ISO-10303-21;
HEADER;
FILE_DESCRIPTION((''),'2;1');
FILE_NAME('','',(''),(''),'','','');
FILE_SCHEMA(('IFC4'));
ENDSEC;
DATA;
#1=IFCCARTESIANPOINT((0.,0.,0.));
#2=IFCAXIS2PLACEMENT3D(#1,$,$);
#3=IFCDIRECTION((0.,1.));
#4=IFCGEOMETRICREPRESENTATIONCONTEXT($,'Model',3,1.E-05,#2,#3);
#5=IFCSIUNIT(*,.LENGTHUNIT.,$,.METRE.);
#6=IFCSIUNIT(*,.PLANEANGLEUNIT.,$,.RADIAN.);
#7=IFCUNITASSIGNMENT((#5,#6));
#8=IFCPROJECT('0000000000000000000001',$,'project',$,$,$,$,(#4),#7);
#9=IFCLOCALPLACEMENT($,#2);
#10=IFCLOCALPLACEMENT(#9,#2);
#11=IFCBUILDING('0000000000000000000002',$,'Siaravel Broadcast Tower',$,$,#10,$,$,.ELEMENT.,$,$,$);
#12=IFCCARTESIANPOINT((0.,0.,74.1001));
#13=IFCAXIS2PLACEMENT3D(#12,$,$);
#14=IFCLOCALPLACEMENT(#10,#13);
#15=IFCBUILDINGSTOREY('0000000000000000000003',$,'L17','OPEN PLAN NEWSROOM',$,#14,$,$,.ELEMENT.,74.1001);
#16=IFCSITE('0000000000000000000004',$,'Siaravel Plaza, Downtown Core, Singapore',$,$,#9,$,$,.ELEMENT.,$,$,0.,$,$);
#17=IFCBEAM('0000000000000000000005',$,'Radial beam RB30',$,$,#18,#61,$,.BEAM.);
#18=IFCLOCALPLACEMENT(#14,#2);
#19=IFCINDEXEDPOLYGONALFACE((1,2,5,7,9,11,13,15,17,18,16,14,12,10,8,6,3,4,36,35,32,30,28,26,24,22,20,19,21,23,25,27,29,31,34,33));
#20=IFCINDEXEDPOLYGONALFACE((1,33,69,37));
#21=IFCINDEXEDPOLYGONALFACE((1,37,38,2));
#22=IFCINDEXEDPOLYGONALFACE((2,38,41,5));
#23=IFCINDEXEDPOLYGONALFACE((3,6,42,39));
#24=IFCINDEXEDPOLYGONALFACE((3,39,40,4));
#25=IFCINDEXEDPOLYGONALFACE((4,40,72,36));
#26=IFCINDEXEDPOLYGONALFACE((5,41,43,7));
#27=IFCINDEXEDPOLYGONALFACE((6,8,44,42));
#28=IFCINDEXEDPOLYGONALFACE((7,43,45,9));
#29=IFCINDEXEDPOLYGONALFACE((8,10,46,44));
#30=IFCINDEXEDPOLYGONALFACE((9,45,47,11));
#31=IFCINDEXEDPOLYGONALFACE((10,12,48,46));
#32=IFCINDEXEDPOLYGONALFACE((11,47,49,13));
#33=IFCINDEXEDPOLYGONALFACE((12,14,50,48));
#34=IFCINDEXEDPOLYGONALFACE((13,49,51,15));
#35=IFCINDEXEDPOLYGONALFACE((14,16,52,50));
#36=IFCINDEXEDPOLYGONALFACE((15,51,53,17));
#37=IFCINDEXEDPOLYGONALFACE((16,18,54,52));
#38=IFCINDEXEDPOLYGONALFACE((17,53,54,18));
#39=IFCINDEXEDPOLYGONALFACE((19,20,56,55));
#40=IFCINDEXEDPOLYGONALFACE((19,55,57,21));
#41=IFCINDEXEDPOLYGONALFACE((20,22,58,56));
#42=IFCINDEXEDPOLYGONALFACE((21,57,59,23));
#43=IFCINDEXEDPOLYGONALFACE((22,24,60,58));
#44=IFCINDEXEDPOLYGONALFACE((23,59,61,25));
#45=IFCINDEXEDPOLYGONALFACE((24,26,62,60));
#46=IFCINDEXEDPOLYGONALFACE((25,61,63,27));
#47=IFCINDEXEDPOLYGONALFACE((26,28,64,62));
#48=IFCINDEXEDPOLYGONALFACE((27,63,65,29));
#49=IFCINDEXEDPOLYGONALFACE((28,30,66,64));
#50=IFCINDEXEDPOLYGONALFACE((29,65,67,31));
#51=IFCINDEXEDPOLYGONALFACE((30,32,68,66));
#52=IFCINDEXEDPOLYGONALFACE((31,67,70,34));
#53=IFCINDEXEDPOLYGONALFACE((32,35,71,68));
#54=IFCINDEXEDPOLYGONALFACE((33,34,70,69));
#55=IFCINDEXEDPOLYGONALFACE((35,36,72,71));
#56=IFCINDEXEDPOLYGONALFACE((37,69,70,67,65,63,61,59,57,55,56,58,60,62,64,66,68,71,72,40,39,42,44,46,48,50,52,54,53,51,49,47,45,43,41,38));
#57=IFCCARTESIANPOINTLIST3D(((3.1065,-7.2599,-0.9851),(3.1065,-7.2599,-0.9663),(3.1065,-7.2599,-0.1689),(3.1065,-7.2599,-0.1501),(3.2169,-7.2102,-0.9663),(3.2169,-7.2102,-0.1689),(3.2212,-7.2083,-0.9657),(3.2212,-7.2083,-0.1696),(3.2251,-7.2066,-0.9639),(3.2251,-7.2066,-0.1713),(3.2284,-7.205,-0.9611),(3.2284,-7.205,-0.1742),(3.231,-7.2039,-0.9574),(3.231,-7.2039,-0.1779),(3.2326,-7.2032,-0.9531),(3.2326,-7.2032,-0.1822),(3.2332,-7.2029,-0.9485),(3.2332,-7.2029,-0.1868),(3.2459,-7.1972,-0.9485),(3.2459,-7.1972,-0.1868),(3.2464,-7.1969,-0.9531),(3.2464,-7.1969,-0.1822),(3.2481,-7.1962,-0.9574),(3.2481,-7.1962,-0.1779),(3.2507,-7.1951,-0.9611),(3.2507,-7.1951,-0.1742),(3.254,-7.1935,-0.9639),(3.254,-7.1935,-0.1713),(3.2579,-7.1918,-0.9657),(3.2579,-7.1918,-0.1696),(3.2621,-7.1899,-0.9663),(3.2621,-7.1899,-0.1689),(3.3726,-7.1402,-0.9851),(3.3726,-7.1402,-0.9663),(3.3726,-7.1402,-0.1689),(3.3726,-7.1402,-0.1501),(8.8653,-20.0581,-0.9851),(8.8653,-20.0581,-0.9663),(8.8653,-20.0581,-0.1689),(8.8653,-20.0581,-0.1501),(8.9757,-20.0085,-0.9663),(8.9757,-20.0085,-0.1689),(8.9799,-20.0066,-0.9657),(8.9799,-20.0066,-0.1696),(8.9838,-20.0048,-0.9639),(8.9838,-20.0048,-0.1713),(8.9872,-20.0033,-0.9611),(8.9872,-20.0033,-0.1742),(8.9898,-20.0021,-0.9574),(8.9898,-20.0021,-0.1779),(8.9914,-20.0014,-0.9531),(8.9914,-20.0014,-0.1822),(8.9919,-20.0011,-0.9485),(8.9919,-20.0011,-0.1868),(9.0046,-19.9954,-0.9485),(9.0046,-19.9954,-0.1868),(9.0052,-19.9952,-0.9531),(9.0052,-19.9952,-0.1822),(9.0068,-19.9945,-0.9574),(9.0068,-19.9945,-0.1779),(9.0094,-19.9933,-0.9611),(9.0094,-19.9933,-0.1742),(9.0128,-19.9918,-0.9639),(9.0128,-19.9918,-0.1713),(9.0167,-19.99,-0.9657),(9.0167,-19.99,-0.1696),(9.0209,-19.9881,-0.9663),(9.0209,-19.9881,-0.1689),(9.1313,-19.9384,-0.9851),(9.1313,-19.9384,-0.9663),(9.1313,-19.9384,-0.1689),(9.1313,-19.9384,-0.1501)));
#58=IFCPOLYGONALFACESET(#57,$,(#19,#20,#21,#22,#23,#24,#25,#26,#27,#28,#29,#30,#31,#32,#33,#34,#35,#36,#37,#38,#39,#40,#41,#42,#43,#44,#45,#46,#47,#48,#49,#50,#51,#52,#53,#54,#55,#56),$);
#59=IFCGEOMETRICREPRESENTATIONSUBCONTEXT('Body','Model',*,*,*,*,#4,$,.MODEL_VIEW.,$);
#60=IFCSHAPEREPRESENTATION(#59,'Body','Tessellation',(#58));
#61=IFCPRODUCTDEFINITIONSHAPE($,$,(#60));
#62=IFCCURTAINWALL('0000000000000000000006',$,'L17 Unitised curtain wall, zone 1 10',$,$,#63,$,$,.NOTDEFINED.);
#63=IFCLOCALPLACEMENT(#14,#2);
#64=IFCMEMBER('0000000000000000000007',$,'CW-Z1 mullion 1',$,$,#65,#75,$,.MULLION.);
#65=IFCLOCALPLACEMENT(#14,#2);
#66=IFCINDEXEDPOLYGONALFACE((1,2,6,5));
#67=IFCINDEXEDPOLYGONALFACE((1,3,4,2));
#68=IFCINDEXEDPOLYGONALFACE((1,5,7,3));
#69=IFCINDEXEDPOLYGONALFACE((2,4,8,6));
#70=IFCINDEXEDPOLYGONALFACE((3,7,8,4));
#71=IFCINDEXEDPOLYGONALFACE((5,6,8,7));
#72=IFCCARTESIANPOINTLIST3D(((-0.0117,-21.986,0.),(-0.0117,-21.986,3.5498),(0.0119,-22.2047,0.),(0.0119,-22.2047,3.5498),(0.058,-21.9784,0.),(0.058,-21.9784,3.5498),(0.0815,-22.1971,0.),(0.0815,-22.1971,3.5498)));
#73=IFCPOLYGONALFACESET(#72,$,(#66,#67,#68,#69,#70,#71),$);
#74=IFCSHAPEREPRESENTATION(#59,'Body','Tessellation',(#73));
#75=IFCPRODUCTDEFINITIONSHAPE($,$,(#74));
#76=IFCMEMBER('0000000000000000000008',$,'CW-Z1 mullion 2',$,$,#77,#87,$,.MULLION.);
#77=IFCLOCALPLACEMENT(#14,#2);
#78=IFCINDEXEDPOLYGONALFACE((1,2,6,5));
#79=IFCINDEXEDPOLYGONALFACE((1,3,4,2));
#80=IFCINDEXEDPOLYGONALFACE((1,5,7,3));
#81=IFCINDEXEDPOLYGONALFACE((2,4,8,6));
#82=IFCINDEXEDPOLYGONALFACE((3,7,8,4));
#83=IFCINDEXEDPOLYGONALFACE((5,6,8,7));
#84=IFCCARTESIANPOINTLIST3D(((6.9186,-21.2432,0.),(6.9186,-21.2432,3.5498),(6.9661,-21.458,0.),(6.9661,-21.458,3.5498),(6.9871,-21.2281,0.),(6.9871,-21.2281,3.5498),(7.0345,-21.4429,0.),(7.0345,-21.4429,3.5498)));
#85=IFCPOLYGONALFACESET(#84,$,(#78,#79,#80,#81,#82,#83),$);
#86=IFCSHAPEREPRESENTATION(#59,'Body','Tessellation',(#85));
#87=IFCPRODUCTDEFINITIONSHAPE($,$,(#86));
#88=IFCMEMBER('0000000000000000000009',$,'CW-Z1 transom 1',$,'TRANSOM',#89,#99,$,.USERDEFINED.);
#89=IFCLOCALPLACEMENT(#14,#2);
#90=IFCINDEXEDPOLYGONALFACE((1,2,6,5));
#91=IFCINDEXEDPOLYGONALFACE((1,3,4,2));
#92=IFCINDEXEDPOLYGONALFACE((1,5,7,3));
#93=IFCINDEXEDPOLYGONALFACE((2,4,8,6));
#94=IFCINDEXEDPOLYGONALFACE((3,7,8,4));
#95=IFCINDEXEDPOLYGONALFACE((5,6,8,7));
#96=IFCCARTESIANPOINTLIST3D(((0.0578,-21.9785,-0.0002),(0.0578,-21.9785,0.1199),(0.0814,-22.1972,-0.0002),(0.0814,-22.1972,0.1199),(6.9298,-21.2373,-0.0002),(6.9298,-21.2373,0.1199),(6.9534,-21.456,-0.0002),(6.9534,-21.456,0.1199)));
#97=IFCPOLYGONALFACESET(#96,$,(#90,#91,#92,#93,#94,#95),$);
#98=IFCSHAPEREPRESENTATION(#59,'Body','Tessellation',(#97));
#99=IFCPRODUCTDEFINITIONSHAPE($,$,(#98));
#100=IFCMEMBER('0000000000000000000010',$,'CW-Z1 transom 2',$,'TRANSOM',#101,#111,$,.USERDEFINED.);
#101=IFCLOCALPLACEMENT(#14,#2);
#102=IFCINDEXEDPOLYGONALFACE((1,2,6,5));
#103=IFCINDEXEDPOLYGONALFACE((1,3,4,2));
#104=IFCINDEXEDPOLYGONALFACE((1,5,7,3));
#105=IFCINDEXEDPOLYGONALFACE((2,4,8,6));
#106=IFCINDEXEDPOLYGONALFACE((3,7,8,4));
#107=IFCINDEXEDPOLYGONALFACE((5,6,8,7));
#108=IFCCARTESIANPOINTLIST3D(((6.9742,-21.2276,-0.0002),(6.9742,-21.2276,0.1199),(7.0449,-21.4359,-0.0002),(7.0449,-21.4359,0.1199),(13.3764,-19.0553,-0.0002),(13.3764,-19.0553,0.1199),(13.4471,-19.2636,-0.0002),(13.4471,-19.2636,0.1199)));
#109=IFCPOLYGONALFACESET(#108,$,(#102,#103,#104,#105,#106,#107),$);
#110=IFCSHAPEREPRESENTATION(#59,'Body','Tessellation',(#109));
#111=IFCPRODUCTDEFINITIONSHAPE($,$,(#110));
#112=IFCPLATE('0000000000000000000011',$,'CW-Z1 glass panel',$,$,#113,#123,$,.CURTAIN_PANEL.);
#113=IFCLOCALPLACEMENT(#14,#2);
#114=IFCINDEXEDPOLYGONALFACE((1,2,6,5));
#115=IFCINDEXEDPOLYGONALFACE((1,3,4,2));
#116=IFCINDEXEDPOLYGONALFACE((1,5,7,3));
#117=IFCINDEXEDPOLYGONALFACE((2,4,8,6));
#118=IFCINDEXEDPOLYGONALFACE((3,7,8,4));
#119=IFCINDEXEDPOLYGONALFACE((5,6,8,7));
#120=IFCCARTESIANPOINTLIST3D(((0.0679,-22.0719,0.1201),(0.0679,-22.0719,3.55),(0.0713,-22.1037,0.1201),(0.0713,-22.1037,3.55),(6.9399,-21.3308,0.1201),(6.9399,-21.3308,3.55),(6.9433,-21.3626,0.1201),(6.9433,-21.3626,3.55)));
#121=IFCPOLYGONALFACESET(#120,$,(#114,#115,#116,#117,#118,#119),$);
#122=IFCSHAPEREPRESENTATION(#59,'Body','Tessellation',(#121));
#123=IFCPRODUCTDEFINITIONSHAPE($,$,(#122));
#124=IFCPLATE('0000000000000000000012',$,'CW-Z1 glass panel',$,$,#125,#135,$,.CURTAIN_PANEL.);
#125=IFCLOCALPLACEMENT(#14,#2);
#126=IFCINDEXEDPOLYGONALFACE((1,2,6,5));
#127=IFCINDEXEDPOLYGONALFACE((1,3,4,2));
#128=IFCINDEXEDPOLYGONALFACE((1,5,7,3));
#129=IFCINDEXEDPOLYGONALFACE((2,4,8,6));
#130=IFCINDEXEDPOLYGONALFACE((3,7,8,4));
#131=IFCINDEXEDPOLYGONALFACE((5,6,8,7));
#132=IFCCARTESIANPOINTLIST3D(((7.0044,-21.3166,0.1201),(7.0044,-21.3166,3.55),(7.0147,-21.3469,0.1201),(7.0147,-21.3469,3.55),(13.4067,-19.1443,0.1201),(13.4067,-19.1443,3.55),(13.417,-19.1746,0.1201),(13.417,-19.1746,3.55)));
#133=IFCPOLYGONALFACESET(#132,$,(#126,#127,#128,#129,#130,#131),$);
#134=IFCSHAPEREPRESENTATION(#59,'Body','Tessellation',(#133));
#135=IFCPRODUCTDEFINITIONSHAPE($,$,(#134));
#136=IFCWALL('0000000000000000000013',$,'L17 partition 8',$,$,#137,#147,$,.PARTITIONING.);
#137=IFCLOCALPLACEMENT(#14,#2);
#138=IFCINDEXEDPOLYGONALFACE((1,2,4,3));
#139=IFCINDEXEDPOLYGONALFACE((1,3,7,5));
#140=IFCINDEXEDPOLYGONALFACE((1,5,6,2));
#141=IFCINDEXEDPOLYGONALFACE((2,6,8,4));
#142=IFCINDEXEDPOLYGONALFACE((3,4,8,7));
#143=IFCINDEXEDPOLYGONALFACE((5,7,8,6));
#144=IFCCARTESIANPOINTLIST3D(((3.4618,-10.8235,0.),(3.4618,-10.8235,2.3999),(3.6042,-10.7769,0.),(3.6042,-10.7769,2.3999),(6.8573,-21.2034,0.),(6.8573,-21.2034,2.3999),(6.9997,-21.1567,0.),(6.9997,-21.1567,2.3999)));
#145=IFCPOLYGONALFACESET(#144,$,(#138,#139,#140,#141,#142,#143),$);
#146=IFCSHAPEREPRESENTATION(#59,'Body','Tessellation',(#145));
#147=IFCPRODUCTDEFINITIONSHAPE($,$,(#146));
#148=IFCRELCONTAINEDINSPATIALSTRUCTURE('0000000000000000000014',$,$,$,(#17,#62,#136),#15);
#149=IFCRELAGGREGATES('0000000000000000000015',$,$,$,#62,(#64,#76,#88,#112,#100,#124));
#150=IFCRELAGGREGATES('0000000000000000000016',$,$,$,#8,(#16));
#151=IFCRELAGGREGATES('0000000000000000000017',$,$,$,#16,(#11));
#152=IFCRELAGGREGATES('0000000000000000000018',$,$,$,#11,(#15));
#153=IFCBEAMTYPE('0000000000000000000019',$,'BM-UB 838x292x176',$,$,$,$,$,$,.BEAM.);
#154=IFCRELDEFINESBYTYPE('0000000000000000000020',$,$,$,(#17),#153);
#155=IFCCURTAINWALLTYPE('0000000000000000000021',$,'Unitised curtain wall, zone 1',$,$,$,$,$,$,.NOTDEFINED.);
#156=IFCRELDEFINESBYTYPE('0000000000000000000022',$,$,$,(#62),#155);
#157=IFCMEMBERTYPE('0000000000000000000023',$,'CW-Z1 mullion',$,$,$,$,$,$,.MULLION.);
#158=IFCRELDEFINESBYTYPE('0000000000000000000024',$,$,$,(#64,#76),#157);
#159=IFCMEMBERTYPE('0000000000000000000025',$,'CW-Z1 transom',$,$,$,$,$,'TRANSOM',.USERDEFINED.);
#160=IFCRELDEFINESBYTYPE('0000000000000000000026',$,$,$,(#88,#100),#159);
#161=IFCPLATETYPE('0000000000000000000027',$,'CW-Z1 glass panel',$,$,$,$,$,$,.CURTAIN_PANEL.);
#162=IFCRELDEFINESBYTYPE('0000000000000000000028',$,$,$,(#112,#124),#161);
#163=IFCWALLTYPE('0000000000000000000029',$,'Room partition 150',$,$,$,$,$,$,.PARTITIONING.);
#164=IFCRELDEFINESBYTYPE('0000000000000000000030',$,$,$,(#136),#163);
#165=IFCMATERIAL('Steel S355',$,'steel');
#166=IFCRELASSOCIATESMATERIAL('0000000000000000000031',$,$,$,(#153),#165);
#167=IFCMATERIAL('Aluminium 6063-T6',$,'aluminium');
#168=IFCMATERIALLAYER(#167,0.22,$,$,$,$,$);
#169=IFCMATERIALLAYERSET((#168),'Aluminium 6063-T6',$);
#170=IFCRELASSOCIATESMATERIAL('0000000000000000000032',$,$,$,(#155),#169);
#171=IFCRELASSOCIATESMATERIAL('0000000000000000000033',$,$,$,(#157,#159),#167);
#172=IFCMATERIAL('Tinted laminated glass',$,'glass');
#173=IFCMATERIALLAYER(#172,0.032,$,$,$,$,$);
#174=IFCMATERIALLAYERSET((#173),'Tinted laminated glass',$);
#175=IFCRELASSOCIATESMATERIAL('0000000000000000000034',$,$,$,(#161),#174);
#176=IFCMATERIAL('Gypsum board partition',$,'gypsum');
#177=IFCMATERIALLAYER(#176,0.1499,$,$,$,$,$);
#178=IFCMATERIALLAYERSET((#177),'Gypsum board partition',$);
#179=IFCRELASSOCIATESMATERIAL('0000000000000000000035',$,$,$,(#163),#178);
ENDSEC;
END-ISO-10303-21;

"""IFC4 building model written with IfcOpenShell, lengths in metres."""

from ifc_helpers import new_model, si_unit, direction, frame, frame_2d, origin, origin_2d, place, context, subcontext, project, spatial, rectangle, i_section, extrude, material, layer, layer_set, material_profile, profile_set, type_object, element, aggregate, save


model = new_model("IFC4")

# Units and contexts
model_context = context("Model", 3, precision=1e-05, world=origin(), true_north=direction((0.0, 1.0)))
body_context = subcontext(model_context, "Body", "Model", "MODEL_VIEW")
ifc_project = project(units=[si_unit("LENGTHUNIT", "METRE"), si_unit("PLANEANGLEUNIT", "RADIAN")], contexts=[model_context])

# Site, building, storey
site_placement = place(None, origin())
site = spatial("IfcSite", under=ifc_project, at=site_placement, Name="Siaravel Plaza, Downtown Core, Singapore", CompositionType="ELEMENT", RefElevation=0.0)
building_placement = place(site_placement, origin())
building = spatial("IfcBuilding", under=site, at=building_placement, Name="Siaravel Broadcast Tower", CompositionType="ELEMENT")
storey_placement = place(building_placement, frame((0.0, 0.0, 74.1001)))
storey = spatial("IfcBuildingStorey", under=building, at=storey_placement, Name="L17", Description="OPEN PLAN NEWSROOM", CompositionType="ELEMENT", Elevation=74.1001)

# Beam
ifc_material_1 = material(Name="Steel S355", Category="steel")
ifc_material_profile_1 = material_profile(ifc_material_1, i_section(OverallWidth=0.2917, OverallDepth=0.835, WebThickness=0.0139, FlangeThickness=0.0188, FilletRadius=0.0178, at=origin_2d()))
ifc_profile_set_1 = profile_set([ifc_material_profile_1], Name="Steel S355")
beam_type = type_object("IfcBeamType", Name="BM-UB 838x292x176", PredefinedType="BEAM", material=ifc_profile_set_1)
beam_1_placement = place(storey_placement, frame((8.9983, -19.9983, -0.5676), z_axis=(-0.410337, 0.911934, 0.0), x_axis=(-0.911934, -0.410337, 0.0)))
element("IfcBeam", 1, at=beam_1_placement, inside=storey, type_object=beam_type, Name="Radial beam RB30", PredefinedType="BEAM", context=body_context, shape_type="SweptSolid", body=[
    extrude(i_section(OverallWidth=0.2917, OverallDepth=0.835, WebThickness=0.0139, FlangeThickness=0.0188, FilletRadius=0.0178, at=origin_2d()), origin(), (0.0, 0.0, 1.0), 14.0342),
])

# Curtain wall, members, plates
ifc_material_2 = material(Name="Aluminium 6063-T6", Category="aluminium")
ifc_layer_1 = layer(ifc_material_2, 0.22)
ifc_layer_set_1 = layer_set([ifc_layer_1], Name="Aluminium 6063-T6")
curtain_wall_type = type_object("IfcCurtainWallType", Name="Unitised curtain wall, zone 1", PredefinedType="NOTDEFINED", material=ifc_layer_set_1)
curtain_wall_placement = place(storey_placement, origin())
curtain_wall = element("IfcCurtainWall", 2, at=curtain_wall_placement, inside=storey, type_object=curtain_wall_type, Name="L17 Unitised curtain wall, zone 1 10", PredefinedType="NOTDEFINED")
ifc_material_profile_2 = material_profile(ifc_material_2, rectangle(XDim=0.22, YDim=0.0701, at=origin_2d()))
ifc_profile_set_2 = profile_set([ifc_material_profile_2], Name="Aluminium 6063-T6")
member_type_1 = type_object("IfcMemberType", Name="CW-Z1 mullion", PredefinedType="MULLION", material=ifc_profile_set_2)
member_1_placement = place(storey_placement, frame((0.0349, -22.0916, 0.0), z_axis=(0.0, 0.0, 1.0), x_axis=(-0.107218, 0.994236, 0.0)))
member_1 = element("IfcMember", 3, at=member_1_placement, type_object=member_type_1, Name="CW-Z1 mullion 1", PredefinedType="MULLION", context=body_context, shape_type="SweptSolid", body=[
    extrude(rectangle(XDim=0.22, YDim=0.0701, at=origin_2d()), origin(), (0.0, 0.0, 1.0), 3.5498),
])
member_2_placement = place(storey_placement, frame((6.9766, -21.343, 0.0), z_axis=(0.0, 0.0, 1.0), x_axis=(-0.215558, 0.976491, 0.0)))
member_2 = element("IfcMember", 4, at=member_2_placement, type_object=member_type_1, Name="CW-Z1 mullion 2", PredefinedType="MULLION", context=body_context, shape_type="SweptSolid", body=[
    extrude(rectangle(XDim=0.22, YDim=0.0701, at=origin_2d()), origin(), (0.0, 0.0, 1.0), 3.5498),
])
ifc_material_profile_3 = material_profile(ifc_material_2, rectangle(XDim=0.22, YDim=0.1201, at=origin_2d()))
ifc_profile_set_3 = profile_set([ifc_material_profile_3], Name="Aluminium 6063-T6")
member_type_2 = type_object("IfcMemberType", Name="CW-Z1 transom", ElementType="TRANSOM", PredefinedType="USERDEFINED", material=ifc_profile_set_3)
member_3_placement = place(storey_placement, frame((0.0696, -22.0879, 0.0598), z_axis=(0.994234, 0.107237, 0.0), x_axis=(-0.107237, 0.994234, 0.0)))
member_3 = element("IfcMember", 5, at=member_3_placement, type_object=member_type_2, Name="CW-Z1 transom 1", ObjectType="TRANSOM", PredefinedType="USERDEFINED", context=body_context, shape_type="SweptSolid", body=[
    extrude(rectangle(XDim=0.22, YDim=0.1201, at=origin_2d()), origin(), (0.0, 0.0, 1.0), 6.9119),
])
member_4_placement = place(storey_placement, frame((7.0095, -21.3318, 0.0598), z_axis=(0.946972, 0.321315, 0.0), x_axis=(-0.321315, 0.946972, 0.0)))
member_4 = element("IfcMember", 6, at=member_4_placement, type_object=member_type_2, Name="CW-Z1 transom 2", ObjectType="TRANSOM", PredefinedType="USERDEFINED", context=body_context, shape_type="SweptSolid", body=[
    extrude(rectangle(XDim=0.22, YDim=0.1201, at=origin_2d()), origin(), (0.0, 0.0, 1.0), 6.7607),
])
ifc_material_3 = material(Name="Tinted laminated glass", Category="glass")
ifc_layer_2 = layer(ifc_material_3, 0.032)
ifc_layer_set_2 = layer_set([ifc_layer_2], Name="Tinted laminated glass")
plate_type = type_object("IfcPlateType", Name="CW-Z1 glass panel", PredefinedType="CURTAIN_PANEL", material=ifc_layer_set_2)
plate_1_placement = place(storey_placement, frame((3.5056, -21.7173, 0.1201), z_axis=(0.0, 0.0, 1.0), x_axis=(0.994236, 0.107218, 0.0)))
plate_1 = element("IfcPlate", 7, at=plate_1_placement, type_object=plate_type, Name="CW-Z1 glass panel", PredefinedType="CURTAIN_PANEL", context=body_context, shape_type="SweptSolid", body=[
    extrude(rectangle(XDim=6.9119, YDim=0.032, at=origin_2d()), origin(), (0.0, 0.0, 1.0), 3.4299),
])
plate_2_placement = place(storey_placement, frame((10.2107, -20.2456, 0.1201), z_axis=(0.0, 0.0, 1.0), x_axis=(0.946977, 0.321301, 0.0)))
plate_2 = element("IfcPlate", 8, at=plate_2_placement, type_object=plate_type, Name="CW-Z1 glass panel", PredefinedType="CURTAIN_PANEL", context=body_context, shape_type="SweptSolid", body=[
    extrude(rectangle(XDim=6.7607, YDim=0.032, at=origin_2d()), origin(), (0.0, 0.0, 1.0), 3.4299),
])
aggregate(curtain_wall, [member_1, member_2, member_3, plate_1, member_4, plate_2])

# Shared definitions
ifc_material_4 = material(Name="Gypsum board partition", Category="gypsum")

# Wall
ifc_layer_3 = layer(ifc_material_4, 0.1499)
ifc_layer_set_3 = layer_set([ifc_layer_3], Name="Gypsum board partition")
wall_type_1 = type_object("IfcWallType", Name="Room partition 150", PredefinedType="PARTITIONING", material=ifc_layer_set_3)
wall_1_placement = place(storey_placement, frame((6.9285, -21.1799, 0.0), z_axis=(0.0, 0.0, 1.0), x_axis=(-0.310911, 0.950439, 0.0)))
element("IfcWall", 9, at=wall_1_placement, inside=storey, type_object=wall_type_1, Name="L17 partition 8", PredefinedType="PARTITIONING", context=body_context, shape_type="SweptSolid", body=[
    extrude(rectangle(XDim=10.9211, YDim=0.1499, at=frame_2d((5.4604, 0.0))), origin(), (0.0, 0.0, 1.0), 2.3999),
])

save(model, "model.ifc")
